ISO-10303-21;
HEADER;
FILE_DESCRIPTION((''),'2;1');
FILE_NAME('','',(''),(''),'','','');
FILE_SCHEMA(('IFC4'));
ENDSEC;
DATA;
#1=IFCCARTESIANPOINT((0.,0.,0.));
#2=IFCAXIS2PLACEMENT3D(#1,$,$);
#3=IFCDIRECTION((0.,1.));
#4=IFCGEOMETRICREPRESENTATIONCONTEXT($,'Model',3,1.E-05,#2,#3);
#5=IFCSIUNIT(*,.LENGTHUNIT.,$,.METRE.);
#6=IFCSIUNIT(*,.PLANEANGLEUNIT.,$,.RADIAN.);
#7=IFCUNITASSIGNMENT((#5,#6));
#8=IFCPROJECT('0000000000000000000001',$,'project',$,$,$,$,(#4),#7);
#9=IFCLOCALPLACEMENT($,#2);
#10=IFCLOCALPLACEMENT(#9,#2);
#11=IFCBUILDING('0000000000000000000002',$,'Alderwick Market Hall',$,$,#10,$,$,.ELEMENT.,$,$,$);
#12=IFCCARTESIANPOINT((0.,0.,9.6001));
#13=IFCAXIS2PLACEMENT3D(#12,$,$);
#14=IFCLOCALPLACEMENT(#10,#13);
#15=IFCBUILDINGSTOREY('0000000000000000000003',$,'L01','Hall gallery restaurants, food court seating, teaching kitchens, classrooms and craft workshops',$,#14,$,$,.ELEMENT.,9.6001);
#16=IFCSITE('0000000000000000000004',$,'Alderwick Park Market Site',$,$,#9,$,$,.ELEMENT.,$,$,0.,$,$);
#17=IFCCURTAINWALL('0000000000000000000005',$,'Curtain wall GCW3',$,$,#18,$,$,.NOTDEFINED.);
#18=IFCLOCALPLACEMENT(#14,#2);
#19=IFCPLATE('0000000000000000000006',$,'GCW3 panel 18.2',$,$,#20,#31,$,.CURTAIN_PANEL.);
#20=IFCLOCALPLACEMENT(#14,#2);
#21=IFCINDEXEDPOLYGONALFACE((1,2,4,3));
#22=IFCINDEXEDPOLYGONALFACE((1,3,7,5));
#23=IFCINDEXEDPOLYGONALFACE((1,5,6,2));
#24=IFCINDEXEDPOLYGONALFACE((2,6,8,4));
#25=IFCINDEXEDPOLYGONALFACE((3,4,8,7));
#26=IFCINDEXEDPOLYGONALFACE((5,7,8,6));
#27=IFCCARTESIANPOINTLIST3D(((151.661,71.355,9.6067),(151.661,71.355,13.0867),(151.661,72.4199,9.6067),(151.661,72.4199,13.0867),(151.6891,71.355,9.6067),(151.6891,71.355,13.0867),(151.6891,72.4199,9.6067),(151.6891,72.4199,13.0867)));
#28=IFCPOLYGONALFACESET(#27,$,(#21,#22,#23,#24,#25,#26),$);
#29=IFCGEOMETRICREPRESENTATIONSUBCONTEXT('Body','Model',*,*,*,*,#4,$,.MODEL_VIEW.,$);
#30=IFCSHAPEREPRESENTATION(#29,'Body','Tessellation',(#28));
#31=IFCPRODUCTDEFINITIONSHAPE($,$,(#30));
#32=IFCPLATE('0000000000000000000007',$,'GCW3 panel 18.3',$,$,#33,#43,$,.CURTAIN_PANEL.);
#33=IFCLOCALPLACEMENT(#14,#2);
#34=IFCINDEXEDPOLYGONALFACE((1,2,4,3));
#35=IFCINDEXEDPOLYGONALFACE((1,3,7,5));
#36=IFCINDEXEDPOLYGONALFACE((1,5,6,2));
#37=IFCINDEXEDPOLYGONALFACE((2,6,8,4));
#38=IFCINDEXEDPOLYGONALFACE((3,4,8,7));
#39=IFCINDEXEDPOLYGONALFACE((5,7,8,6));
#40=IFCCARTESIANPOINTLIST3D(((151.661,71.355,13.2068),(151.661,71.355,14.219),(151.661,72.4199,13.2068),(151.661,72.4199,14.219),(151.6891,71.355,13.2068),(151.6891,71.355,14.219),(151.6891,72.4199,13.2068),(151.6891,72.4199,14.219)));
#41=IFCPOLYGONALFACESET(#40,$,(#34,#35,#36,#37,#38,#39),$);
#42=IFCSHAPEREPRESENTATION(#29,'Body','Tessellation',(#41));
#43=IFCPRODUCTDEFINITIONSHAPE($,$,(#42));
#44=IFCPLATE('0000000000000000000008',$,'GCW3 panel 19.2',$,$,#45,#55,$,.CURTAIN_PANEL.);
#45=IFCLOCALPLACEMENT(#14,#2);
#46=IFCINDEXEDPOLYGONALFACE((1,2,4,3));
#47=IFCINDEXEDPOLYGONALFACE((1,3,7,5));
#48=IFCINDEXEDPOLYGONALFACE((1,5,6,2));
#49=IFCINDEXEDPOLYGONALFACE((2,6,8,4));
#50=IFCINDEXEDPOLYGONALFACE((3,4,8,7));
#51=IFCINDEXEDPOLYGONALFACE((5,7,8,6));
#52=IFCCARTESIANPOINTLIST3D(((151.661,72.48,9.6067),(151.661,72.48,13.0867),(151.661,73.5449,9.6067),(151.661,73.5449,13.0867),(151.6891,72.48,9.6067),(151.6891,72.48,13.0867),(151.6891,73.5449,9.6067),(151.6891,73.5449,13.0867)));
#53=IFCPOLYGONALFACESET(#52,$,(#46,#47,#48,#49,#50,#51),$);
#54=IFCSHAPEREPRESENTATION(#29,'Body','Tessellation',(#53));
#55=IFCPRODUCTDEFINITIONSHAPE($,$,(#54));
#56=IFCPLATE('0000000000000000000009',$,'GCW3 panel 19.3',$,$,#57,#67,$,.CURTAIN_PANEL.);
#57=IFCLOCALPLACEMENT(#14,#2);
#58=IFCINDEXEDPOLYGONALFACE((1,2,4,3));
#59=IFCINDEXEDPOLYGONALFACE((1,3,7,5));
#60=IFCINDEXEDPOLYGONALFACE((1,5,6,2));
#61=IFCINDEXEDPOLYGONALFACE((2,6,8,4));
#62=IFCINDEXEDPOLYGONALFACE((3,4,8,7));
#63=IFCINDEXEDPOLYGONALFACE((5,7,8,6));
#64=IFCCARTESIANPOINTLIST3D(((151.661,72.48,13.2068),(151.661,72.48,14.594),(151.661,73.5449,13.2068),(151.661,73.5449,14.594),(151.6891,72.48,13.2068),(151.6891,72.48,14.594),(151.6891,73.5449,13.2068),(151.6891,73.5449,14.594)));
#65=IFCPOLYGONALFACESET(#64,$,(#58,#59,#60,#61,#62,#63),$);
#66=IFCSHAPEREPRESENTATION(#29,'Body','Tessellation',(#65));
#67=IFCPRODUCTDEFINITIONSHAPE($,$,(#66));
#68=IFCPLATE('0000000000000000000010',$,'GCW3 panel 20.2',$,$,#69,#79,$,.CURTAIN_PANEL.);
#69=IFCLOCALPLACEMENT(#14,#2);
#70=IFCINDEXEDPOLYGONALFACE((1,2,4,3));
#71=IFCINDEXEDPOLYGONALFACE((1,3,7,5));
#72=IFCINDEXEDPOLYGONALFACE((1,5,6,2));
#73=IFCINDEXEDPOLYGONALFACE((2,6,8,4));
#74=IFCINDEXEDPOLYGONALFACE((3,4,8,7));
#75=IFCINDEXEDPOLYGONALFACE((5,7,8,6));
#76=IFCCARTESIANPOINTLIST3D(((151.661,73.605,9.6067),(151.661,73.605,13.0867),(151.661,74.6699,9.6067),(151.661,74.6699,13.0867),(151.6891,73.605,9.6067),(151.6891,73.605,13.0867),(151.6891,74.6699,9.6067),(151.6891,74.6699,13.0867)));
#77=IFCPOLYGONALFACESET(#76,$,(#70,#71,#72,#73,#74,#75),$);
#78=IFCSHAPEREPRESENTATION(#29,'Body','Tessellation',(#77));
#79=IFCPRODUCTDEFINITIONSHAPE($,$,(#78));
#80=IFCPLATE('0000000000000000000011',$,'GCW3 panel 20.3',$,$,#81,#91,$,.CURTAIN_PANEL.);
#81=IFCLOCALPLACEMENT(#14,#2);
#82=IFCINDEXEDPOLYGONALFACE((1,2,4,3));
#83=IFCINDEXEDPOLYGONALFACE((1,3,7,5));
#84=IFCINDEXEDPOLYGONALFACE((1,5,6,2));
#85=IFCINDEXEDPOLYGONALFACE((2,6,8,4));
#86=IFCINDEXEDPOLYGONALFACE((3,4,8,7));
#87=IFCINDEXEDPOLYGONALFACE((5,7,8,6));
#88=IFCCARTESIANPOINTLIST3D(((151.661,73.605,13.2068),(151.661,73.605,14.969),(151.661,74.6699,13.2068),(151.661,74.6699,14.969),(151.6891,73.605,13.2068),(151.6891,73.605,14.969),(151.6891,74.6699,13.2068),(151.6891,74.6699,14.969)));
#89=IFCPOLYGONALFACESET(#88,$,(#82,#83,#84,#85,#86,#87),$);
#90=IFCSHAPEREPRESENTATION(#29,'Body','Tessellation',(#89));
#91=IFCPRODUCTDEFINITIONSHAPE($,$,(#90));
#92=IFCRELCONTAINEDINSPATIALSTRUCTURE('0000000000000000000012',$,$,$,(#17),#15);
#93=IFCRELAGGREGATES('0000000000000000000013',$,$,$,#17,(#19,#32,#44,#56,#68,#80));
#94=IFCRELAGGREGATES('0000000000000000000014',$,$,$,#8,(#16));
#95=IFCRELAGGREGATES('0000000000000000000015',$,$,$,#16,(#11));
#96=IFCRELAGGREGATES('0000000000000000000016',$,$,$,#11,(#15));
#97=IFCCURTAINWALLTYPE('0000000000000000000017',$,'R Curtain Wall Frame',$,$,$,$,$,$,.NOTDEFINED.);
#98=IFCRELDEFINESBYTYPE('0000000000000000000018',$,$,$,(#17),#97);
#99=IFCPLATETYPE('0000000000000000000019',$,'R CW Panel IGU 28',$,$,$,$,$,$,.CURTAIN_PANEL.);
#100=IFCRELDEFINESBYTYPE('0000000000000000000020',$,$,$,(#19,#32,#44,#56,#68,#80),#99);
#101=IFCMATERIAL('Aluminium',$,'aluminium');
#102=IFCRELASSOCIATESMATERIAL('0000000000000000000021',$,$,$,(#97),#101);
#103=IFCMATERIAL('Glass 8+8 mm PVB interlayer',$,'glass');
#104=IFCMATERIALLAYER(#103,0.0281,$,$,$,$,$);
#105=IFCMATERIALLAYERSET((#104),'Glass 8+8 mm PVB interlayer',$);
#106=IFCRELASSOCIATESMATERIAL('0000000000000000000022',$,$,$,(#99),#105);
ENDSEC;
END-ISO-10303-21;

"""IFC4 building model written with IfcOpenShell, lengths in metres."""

from ifc_helpers import new_model, si_unit, direction, frame, origin, origin_2d, place, context, subcontext, project, spatial, rectangle, extrude, material, layer, layer_set, type_object, element, aggregate, save


model = new_model("IFC4")

# Units and contexts
model_context = context("Model", 3, precision=1e-05, world=origin(), true_north=direction((0.0, 1.0)))
body_context = subcontext(model_context, "Body", "Model", "MODEL_VIEW")
ifc_project = project(units=[si_unit("LENGTHUNIT", "METRE"), si_unit("PLANEANGLEUNIT", "RADIAN")], contexts=[model_context])

# Site, building, storey
site_placement = place(None, origin())
site = spatial("IfcSite", under=ifc_project, at=site_placement, Name="Alderwick Park Market Site", CompositionType="ELEMENT", RefElevation=0.0)
building_placement = place(site_placement, origin())
building = spatial("IfcBuilding", under=site, at=building_placement, Name="Alderwick Market Hall", CompositionType="ELEMENT")
storey_placement = place(building_placement, frame((0.0, 0.0, 9.6001)))
storey = spatial("IfcBuildingStorey", under=building, at=storey_placement, Name="L01", Description="Hall gallery restaurants, food court seating, teaching kitchens, classrooms and craft workshops", CompositionType="ELEMENT", Elevation=9.6001)

# Curtain wall, plates
ifc_material_1 = material(Name="Aluminium", Category="aluminium")
curtain_wall_type = type_object("IfcCurtainWallType", Name="R Curtain Wall Frame", PredefinedType="NOTDEFINED", material=ifc_material_1)
curtain_wall_placement = place(storey_placement, origin())
curtain_wall = element("IfcCurtainWall", 1, at=curtain_wall_placement, inside=storey, type_object=curtain_wall_type, Name="Curtain wall GCW3", PredefinedType="NOTDEFINED")
ifc_material_2 = material(Name="Glass 8+8 mm PVB interlayer", Category="glass")
ifc_layer = layer(ifc_material_2, 0.0281)
ifc_layer_set = layer_set([ifc_layer], Name="Glass 8+8 mm PVB interlayer")
plate_type = type_object("IfcPlateType", Name="R CW Panel IGU 28", PredefinedType="CURTAIN_PANEL", material=ifc_layer_set)
plate_1_placement = place(storey_placement, frame((151.675, 71.8875, 9.6067), z_axis=(0.0, 0.0, 1.0), x_axis=(1.0, 0.0, 0.0)))
plate_1 = element("IfcPlate", 2, at=plate_1_placement, type_object=plate_type, Name="GCW3 panel 18.2", PredefinedType="CURTAIN_PANEL", context=body_context, shape_type="SweptSolid", body=[
    extrude(rectangle(XDim=0.0281, YDim=1.0649, at=origin_2d()), origin(), (0.0, 0.0, 1.0), 3.48),
])
plate_2_placement = place(storey_placement, frame((151.675, 71.8875, 13.2068), z_axis=(0.0, 0.0, 1.0), x_axis=(1.0, 0.0, 0.0)))
plate_2 = element("IfcPlate", 3, at=plate_2_placement, type_object=plate_type, Name="GCW3 panel 18.3", PredefinedType="CURTAIN_PANEL", context=body_context, shape_type="SweptSolid", body=[
    extrude(rectangle(XDim=0.0281, YDim=1.0649, at=origin_2d()), origin(), (0.0, 0.0, 1.0), 1.0122),
])
plate_3_placement = place(storey_placement, frame((151.675, 73.0125, 9.6067), z_axis=(0.0, 0.0, 1.0), x_axis=(1.0, 0.0, 0.0)))
plate_3 = element("IfcPlate", 4, at=plate_3_placement, type_object=plate_type, Name="GCW3 panel 19.2", PredefinedType="CURTAIN_PANEL", context=body_context, shape_type="SweptSolid", body=[
    extrude(rectangle(XDim=0.0281, YDim=1.0649, at=origin_2d()), origin(), (0.0, 0.0, 1.0), 3.48),
])
plate_4_placement = place(storey_placement, frame((151.675, 73.0125, 13.2068), z_axis=(0.0, 0.0, 1.0), x_axis=(1.0, 0.0, 0.0)))
plate_4 = element("IfcPlate", 5, at=plate_4_placement, type_object=plate_type, Name="GCW3 panel 19.3", PredefinedType="CURTAIN_PANEL", context=body_context, shape_type="SweptSolid", body=[
    extrude(rectangle(XDim=0.0281, YDim=1.0649, at=origin_2d()), origin(), (0.0, 0.0, 1.0), 1.3872),
])
plate_5_placement = place(storey_placement, frame((151.675, 74.1375, 9.6067), z_axis=(0.0, 0.0, 1.0), x_axis=(1.0, 0.0, 0.0)))
plate_5 = element("IfcPlate", 6, at=plate_5_placement, type_object=plate_type, Name="GCW3 panel 20.2", PredefinedType="CURTAIN_PANEL", context=body_context, shape_type="SweptSolid", body=[
    extrude(rectangle(XDim=0.0281, YDim=1.0649, at=origin_2d()), origin(), (0.0, 0.0, 1.0), 3.48),
])
plate_6_placement = place(storey_placement, frame((151.675, 74.1375, 13.2068), z_axis=(0.0, 0.0, 1.0), x_axis=(1.0, 0.0, 0.0)))
plate_6 = element("IfcPlate", 7, at=plate_6_placement, type_object=plate_type, Name="GCW3 panel 20.3", PredefinedType="CURTAIN_PANEL", context=body_context, shape_type="SweptSolid", body=[
    extrude(rectangle(XDim=0.0281, YDim=1.0649, at=origin_2d()), origin(), (0.0, 0.0, 1.0), 1.7622),
])
aggregate(curtain_wall, [plate_1, plate_2, plate_3, plate_4, plate_5, plate_6])

save(model, "model.ifc")
